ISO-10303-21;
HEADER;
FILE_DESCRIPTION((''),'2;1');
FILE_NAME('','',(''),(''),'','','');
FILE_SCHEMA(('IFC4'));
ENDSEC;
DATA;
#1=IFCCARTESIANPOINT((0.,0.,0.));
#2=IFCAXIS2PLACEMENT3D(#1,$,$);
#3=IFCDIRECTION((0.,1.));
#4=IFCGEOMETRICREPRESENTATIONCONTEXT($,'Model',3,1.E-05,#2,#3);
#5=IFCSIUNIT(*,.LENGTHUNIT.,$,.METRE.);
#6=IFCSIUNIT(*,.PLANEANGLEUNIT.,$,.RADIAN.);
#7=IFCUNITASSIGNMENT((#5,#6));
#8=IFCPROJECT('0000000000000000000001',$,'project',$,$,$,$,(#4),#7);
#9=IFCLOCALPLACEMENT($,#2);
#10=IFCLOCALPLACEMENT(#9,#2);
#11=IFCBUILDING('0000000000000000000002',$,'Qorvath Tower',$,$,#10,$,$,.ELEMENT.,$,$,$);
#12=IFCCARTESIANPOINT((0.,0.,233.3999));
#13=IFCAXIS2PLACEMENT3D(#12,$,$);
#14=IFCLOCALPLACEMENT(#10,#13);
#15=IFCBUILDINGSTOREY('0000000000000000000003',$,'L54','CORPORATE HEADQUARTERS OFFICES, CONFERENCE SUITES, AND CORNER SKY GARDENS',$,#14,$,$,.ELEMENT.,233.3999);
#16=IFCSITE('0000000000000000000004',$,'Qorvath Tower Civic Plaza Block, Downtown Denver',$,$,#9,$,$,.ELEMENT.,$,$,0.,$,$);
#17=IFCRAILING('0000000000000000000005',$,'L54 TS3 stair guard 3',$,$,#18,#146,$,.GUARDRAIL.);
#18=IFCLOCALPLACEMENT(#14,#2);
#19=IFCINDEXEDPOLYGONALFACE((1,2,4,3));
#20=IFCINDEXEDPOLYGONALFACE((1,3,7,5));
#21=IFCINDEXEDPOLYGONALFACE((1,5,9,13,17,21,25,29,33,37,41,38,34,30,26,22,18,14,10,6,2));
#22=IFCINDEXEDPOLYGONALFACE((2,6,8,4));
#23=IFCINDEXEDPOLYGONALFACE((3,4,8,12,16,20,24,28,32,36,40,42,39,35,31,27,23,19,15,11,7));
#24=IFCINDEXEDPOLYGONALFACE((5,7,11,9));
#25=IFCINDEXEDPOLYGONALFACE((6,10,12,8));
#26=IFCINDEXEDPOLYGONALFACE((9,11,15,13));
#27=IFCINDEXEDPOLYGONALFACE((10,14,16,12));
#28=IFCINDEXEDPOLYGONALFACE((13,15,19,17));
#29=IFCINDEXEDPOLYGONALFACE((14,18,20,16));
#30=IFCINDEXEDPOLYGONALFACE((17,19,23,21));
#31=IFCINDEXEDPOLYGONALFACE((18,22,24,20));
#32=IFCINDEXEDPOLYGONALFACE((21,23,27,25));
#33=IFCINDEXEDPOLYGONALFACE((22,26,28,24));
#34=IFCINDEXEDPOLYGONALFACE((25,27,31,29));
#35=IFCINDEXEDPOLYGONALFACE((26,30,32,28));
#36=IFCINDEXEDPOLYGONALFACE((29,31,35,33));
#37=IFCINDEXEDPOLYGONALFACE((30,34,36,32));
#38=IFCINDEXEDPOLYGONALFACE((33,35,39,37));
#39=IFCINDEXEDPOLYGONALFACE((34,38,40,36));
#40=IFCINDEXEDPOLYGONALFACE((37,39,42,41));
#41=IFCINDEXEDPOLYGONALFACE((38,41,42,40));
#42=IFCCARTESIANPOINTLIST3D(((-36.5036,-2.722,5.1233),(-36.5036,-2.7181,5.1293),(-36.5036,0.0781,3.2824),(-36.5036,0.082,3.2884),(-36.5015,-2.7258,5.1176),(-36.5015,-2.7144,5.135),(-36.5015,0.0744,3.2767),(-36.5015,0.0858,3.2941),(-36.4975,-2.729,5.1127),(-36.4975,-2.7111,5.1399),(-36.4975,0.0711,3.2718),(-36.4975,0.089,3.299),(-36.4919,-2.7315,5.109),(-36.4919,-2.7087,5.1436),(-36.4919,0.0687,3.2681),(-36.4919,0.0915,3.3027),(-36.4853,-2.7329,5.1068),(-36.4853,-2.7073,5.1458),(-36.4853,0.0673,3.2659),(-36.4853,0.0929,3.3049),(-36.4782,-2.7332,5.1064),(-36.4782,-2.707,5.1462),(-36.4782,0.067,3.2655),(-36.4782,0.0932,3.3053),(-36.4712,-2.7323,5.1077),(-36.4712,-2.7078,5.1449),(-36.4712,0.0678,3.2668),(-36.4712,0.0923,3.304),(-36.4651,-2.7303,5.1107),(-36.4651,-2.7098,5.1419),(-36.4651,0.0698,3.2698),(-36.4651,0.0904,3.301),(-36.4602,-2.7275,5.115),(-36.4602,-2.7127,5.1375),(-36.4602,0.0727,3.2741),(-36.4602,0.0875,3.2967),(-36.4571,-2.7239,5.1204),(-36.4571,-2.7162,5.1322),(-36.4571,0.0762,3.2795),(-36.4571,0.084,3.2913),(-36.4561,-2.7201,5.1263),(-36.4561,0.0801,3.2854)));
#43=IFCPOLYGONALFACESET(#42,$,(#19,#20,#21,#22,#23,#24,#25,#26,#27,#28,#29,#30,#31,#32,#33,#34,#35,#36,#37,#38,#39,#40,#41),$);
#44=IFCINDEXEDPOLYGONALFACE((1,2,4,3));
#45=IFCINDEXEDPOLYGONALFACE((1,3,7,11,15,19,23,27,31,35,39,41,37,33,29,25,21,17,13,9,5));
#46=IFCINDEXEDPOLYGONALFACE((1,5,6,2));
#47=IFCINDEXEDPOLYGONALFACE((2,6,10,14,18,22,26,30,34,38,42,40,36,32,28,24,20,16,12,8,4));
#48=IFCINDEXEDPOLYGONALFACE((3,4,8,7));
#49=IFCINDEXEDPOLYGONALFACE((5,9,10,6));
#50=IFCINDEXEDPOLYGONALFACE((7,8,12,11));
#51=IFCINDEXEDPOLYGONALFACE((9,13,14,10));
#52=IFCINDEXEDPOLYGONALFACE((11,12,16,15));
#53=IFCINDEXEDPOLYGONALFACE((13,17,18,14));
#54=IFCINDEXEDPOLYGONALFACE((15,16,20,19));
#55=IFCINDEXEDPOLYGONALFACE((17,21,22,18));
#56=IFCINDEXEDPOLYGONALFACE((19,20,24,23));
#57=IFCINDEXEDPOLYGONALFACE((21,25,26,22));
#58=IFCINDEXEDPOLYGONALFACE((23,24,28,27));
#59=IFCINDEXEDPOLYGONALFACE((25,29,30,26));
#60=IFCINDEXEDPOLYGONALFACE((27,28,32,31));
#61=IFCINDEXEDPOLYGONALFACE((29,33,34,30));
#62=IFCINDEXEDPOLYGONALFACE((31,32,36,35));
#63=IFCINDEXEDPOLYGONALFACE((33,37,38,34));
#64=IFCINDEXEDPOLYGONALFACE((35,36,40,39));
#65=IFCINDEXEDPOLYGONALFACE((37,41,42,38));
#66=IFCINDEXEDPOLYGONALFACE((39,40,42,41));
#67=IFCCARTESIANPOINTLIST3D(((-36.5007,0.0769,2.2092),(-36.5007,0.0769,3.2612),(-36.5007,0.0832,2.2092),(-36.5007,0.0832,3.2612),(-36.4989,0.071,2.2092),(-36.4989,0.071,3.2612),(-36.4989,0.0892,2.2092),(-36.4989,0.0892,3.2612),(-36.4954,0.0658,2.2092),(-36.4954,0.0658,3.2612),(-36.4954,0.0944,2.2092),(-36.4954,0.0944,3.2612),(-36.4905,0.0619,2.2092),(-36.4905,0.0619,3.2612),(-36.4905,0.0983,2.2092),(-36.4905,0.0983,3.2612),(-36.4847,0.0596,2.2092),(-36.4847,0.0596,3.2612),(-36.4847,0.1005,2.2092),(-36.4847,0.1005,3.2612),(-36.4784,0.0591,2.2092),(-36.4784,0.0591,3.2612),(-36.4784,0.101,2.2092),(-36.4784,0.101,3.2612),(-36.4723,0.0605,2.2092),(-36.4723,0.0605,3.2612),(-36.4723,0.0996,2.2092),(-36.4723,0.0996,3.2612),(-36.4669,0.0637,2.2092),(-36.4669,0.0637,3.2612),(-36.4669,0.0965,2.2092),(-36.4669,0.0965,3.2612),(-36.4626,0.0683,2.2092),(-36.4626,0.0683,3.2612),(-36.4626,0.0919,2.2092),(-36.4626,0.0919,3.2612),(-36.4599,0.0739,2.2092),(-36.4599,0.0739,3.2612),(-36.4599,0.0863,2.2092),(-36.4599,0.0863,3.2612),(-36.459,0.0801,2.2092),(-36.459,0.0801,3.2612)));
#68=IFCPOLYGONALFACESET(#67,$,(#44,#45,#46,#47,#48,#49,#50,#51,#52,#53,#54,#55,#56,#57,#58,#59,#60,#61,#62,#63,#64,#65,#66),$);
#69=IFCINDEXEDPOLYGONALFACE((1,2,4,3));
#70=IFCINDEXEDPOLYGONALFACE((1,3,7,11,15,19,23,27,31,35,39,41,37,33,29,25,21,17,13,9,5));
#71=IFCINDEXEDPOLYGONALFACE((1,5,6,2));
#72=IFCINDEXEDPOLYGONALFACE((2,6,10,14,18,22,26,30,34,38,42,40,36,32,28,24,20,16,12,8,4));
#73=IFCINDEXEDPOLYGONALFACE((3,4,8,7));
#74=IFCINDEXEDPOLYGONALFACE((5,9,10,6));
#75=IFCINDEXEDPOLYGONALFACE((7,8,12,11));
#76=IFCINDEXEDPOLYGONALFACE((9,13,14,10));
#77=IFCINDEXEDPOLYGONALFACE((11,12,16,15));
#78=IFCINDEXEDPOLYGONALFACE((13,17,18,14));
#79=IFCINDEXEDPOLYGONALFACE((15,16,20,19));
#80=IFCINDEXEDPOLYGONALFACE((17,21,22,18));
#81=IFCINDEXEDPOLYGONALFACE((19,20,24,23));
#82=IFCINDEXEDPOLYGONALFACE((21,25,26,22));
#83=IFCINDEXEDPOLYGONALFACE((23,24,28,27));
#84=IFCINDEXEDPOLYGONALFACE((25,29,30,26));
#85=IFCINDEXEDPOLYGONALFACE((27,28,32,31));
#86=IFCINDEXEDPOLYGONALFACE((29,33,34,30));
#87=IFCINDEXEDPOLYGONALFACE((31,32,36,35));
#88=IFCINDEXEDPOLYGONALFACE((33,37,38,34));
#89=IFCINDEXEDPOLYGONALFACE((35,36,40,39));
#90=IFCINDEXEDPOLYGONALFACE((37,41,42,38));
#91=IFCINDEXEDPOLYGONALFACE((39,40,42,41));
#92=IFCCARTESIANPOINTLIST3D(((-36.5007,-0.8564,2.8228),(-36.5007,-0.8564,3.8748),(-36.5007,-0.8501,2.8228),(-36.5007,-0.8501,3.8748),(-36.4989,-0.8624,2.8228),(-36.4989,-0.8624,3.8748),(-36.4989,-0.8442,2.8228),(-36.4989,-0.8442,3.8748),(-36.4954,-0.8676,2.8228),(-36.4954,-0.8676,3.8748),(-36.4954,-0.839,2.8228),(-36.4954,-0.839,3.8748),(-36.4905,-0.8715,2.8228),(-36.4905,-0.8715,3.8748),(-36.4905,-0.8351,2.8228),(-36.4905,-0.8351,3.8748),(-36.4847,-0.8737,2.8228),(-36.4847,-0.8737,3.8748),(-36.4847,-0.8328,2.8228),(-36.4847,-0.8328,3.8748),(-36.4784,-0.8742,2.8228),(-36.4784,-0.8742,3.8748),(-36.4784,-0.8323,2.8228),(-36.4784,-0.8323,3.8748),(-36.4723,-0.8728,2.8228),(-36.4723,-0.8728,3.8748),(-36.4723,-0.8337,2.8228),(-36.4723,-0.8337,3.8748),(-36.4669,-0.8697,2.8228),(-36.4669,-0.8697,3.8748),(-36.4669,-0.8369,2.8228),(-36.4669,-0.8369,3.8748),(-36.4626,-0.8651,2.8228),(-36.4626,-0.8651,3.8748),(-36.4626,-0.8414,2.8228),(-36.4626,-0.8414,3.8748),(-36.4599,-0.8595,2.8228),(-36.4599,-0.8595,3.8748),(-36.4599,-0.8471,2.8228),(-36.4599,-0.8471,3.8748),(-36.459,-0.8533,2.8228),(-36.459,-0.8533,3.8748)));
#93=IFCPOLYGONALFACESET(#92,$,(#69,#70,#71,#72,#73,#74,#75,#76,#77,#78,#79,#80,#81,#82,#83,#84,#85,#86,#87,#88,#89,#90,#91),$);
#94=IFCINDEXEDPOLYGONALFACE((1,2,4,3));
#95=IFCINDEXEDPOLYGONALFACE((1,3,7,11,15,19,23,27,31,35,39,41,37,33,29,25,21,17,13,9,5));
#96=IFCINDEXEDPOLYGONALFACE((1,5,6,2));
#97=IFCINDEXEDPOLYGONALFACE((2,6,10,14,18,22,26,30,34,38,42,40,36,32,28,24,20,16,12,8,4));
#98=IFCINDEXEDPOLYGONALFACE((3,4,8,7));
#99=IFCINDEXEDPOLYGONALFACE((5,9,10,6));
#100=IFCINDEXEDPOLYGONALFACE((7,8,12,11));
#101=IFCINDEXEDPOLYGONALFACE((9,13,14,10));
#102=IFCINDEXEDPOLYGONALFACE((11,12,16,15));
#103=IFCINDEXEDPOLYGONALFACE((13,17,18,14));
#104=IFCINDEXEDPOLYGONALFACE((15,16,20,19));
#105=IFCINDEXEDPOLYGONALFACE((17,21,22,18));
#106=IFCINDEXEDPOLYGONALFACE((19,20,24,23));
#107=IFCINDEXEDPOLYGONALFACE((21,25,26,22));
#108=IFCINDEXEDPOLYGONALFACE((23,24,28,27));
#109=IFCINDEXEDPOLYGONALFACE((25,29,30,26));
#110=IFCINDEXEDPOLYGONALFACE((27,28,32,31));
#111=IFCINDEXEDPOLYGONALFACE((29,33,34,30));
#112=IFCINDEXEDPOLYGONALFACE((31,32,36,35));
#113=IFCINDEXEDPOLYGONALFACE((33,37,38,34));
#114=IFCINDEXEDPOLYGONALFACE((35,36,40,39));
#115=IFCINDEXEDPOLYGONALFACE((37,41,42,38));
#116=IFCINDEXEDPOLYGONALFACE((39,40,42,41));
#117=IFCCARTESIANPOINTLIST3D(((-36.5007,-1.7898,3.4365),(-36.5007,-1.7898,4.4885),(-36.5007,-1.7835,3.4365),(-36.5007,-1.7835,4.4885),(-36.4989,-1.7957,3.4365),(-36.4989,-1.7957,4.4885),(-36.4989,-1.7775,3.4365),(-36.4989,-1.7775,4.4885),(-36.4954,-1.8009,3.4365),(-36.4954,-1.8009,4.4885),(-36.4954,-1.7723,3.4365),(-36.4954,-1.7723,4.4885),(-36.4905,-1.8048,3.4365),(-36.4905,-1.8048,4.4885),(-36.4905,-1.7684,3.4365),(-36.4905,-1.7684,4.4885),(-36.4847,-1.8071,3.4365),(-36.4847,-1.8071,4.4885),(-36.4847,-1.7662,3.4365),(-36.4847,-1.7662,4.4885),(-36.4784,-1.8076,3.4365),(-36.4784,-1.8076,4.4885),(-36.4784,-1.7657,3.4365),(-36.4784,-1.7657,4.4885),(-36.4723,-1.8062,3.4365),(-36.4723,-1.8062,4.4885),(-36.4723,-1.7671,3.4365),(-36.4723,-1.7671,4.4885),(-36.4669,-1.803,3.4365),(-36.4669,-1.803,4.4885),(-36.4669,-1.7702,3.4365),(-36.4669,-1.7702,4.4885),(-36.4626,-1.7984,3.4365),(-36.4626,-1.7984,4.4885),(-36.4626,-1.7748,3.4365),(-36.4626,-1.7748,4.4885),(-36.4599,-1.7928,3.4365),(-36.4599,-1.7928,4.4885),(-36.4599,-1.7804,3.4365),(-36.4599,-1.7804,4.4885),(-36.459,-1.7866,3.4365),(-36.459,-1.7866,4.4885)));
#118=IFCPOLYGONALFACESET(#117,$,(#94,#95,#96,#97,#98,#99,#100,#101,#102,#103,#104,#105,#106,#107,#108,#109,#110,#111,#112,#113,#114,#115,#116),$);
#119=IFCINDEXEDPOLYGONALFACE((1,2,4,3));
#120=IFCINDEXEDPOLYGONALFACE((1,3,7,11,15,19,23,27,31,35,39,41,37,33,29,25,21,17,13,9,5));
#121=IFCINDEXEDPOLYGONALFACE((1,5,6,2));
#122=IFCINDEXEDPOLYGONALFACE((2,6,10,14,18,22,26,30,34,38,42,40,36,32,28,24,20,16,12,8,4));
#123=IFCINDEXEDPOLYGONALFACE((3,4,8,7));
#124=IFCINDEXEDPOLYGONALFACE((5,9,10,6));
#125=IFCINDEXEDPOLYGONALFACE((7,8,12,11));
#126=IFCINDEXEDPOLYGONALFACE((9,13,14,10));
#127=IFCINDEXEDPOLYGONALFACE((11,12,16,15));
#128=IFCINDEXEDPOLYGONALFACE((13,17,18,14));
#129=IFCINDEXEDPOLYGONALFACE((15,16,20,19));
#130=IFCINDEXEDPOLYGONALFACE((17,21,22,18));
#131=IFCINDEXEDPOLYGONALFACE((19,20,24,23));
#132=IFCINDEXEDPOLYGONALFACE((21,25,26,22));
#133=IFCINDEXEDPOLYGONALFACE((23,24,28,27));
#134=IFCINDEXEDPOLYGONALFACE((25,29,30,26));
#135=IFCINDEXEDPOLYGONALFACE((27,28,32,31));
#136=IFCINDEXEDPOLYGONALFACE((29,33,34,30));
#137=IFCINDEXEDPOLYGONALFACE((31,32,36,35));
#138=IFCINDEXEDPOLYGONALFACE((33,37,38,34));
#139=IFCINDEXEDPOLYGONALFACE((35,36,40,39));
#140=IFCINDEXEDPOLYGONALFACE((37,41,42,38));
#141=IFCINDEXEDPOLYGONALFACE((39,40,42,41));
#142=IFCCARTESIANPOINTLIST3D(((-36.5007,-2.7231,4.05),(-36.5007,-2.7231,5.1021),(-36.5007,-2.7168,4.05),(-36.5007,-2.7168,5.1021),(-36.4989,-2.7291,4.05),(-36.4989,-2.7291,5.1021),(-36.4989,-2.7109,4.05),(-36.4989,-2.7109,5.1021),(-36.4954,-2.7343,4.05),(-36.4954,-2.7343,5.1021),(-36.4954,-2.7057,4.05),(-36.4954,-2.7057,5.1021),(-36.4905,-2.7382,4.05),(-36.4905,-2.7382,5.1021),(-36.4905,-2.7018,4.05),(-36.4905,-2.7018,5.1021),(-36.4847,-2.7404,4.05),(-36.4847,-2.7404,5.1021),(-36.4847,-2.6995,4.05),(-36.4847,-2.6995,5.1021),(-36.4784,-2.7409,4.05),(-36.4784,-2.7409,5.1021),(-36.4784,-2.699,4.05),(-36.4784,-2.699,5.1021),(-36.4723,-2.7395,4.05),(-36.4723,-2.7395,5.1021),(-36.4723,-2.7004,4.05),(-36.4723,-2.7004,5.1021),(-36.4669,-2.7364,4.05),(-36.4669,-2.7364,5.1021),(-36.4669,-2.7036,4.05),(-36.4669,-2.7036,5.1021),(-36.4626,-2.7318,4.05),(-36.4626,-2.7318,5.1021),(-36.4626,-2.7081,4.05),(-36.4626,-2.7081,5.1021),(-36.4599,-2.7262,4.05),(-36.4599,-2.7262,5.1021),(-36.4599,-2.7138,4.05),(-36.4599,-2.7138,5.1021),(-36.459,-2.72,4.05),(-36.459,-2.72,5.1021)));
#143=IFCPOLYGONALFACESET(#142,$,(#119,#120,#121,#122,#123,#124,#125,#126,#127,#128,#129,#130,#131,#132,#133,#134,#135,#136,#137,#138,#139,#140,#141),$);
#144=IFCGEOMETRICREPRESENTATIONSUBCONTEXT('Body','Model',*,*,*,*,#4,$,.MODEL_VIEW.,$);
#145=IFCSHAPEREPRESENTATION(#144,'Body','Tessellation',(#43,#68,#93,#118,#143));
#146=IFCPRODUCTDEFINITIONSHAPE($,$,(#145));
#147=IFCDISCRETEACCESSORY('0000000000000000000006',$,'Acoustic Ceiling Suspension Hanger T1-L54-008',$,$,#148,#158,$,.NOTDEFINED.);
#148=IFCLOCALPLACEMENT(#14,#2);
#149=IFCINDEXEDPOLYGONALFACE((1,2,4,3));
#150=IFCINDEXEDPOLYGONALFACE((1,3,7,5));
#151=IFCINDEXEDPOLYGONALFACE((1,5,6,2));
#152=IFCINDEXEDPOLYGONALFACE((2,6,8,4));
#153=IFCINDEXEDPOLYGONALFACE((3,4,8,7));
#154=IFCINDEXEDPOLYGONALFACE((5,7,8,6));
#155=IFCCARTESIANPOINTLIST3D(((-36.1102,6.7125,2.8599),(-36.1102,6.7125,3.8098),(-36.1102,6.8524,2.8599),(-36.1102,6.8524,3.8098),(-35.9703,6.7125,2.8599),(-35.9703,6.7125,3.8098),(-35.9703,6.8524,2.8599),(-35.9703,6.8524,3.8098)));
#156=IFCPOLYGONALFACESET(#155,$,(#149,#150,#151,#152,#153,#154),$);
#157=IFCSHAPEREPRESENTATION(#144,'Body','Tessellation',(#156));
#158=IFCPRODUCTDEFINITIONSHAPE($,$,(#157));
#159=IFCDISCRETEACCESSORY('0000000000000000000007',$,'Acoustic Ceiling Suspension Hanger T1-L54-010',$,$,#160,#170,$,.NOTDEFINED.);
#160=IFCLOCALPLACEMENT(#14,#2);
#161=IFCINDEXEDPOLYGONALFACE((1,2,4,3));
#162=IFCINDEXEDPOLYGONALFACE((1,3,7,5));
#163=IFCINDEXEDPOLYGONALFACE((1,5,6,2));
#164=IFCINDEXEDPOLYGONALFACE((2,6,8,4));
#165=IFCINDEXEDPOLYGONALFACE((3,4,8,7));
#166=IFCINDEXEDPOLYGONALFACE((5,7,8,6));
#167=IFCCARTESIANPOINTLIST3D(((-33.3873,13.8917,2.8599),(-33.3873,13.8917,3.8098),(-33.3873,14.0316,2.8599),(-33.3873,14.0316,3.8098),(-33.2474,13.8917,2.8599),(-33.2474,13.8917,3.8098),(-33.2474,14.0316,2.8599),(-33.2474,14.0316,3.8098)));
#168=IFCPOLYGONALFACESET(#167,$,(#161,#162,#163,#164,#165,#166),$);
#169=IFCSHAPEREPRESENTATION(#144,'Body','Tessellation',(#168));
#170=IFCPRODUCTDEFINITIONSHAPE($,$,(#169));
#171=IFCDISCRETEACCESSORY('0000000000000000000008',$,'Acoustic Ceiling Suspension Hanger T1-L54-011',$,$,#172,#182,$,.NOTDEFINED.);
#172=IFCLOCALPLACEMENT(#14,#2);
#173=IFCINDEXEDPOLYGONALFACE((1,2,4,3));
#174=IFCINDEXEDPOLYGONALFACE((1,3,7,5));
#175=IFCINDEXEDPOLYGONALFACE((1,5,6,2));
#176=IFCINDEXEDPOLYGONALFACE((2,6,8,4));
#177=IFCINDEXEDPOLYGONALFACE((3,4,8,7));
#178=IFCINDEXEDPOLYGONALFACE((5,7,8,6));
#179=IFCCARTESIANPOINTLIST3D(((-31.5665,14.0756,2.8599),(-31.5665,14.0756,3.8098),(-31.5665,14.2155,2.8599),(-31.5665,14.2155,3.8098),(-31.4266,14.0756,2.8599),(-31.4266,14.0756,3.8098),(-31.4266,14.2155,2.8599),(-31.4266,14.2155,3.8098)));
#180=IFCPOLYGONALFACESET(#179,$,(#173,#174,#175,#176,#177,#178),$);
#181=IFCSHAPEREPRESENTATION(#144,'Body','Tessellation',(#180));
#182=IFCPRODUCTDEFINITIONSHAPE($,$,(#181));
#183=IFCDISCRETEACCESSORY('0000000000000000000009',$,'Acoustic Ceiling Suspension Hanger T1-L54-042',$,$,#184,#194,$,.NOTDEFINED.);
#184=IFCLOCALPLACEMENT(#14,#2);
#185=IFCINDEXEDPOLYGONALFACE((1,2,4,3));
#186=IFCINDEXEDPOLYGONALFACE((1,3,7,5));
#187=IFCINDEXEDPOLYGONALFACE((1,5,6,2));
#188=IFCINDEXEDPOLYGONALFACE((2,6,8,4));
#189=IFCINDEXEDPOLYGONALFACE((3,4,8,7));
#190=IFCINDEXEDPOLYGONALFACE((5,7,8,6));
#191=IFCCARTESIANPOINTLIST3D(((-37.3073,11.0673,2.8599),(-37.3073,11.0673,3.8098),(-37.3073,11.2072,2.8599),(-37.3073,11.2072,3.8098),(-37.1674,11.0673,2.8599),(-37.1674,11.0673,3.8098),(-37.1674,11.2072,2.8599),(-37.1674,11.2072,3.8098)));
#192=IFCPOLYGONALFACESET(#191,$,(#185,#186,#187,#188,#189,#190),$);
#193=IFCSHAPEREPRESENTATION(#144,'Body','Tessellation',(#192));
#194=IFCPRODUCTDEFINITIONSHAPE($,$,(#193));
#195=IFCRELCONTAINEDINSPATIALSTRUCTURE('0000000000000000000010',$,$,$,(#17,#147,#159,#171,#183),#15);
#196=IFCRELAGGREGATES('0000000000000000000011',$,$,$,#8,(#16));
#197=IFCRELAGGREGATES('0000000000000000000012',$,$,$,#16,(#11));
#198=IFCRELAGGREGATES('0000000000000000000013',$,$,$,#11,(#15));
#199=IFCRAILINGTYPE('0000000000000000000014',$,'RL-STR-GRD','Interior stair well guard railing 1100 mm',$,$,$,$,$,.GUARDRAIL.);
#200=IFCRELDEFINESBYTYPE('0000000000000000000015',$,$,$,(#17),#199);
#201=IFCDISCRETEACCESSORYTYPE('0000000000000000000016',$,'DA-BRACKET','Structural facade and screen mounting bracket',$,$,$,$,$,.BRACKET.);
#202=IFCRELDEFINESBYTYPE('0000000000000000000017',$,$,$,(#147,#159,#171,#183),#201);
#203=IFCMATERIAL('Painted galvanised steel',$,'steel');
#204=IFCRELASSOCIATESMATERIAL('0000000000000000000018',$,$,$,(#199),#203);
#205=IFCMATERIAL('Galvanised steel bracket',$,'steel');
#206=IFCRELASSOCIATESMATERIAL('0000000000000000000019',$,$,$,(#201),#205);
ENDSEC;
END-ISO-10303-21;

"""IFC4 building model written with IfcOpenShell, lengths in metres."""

from ifc_helpers import new_model, si_unit, direction, frame, origin, origin_2d, place, context, subcontext, project, spatial, rectangle, circle, extrude, material, type_object, element, save


model = new_model("IFC4")

# Units and contexts
model_context = context("Model", 3, precision=1e-05, world=origin(), true_north=direction((0.0, 1.0)))
body_context = subcontext(model_context, "Body", "Model", "MODEL_VIEW")
ifc_project = project(units=[si_unit("LENGTHUNIT", "METRE"), si_unit("PLANEANGLEUNIT", "RADIAN")], contexts=[model_context])

# Site, building, storey
site_placement = place(None, origin())
site = spatial("IfcSite", under=ifc_project, at=site_placement, Name="Qorvath Tower Civic Plaza Block, Downtown Denver", CompositionType="ELEMENT", RefElevation=0.0)
building_placement = place(site_placement, origin())
building = spatial("IfcBuilding", under=site, at=building_placement, Name="Qorvath Tower", CompositionType="ELEMENT")
storey_placement = place(building_placement, frame((0.0, 0.0, 233.3999)))
storey = spatial("IfcBuildingStorey", under=building, at=storey_placement, Name="L54", Description="CORPORATE HEADQUARTERS OFFICES, CONFERENCE SUITES, AND CORNER SKY GARDENS", CompositionType="ELEMENT", Elevation=233.3999)

# Railing
ifc_material_1 = material(Name="Painted galvanised steel", Category="steel")
railing_type = type_object("IfcRailingType", Name="RL-STR-GRD", Description="Interior stair well guard railing 1100 mm", PredefinedType="GUARDRAIL", material=ifc_material_1)
railing_1_placement = place(storey_placement, frame((-36.48, 0.0801, 2.2092)))
element("IfcRailing", 1, at=railing_1_placement, inside=storey, type_object=railing_type, Name="L54 TS3 stair guard 3", PredefinedType="GUARDRAIL", context=body_context, shape_type="SweptSolid", body=[
    extrude(circle(Radius=0.0239, at=origin_2d()), frame((0.0, 0.0, 1.0762), z_axis=(0.0, -0.835598, 0.549342), x_axis=(1.0, 0.0, 0.0)), (0.0, 0.0, 1.0), 3.3511),
    extrude(circle(Radius=0.021, at=origin_2d()), origin(), (0.0, 0.0, 1.0), 1.052),
    extrude(circle(Radius=0.021, at=origin_2d()), frame((0.0, -0.9333, 0.6135)), (0.0, 0.0, 1.0), 1.052),
    extrude(circle(Radius=0.021, at=origin_2d()), frame((0.0, -1.8667, 1.2273)), (0.0, 0.0, 1.0), 1.052),
    extrude(circle(Radius=0.021, at=origin_2d()), frame((0.0, -2.8, 1.8408)), (0.0, 0.0, 1.0), 1.052),
])

# Discrete accessories
ifc_material_2 = material(Name="Galvanised steel bracket", Category="steel")
discrete_accessory_type = type_object("IfcDiscreteAccessoryType", Name="DA-BRACKET", Description="Structural facade and screen mounting bracket", PredefinedType="BRACKET", material=ifc_material_2)
for number, where, z_axis, x_axis, name in (
    (2, (-36.0403, 6.7825, 2.8599), (0.0, 0.0, 1.0), (1.0, 0.0, 0.0), "Acoustic Ceiling Suspension Hanger T1-L54-008"),
    (3, (-33.3174, 13.9617, 2.8599), (0.0, 0.0, 1.0), (1.0, 0.0, 0.0), "Acoustic Ceiling Suspension Hanger T1-L54-010"),
    (4, (-31.4966, 14.1455, 2.8599), (0.0, 0.0, 1.0), (1.0, 0.0, 0.0), "Acoustic Ceiling Suspension Hanger T1-L54-011"),
    (5, (-37.2373, 11.1372, 2.8599), (0.0, 0.0, 1.0), (1.0, 0.0, 0.0), "Acoustic Ceiling Suspension Hanger T1-L54-042"),
):
    element("IfcDiscreteAccessory", number, at=place(storey_placement, frame(where, z_axis=z_axis, x_axis=x_axis)), inside=storey, type_object=discrete_accessory_type, Name=name, PredefinedType="NOTDEFINED", context=body_context, shape_type="SweptSolid", body=[
        extrude(rectangle(XDim=0.1399, YDim=0.1399, at=origin_2d()), origin(), (0.0, 0.0, 1.0), 0.95),
    ])

save(model, "model.ifc")
